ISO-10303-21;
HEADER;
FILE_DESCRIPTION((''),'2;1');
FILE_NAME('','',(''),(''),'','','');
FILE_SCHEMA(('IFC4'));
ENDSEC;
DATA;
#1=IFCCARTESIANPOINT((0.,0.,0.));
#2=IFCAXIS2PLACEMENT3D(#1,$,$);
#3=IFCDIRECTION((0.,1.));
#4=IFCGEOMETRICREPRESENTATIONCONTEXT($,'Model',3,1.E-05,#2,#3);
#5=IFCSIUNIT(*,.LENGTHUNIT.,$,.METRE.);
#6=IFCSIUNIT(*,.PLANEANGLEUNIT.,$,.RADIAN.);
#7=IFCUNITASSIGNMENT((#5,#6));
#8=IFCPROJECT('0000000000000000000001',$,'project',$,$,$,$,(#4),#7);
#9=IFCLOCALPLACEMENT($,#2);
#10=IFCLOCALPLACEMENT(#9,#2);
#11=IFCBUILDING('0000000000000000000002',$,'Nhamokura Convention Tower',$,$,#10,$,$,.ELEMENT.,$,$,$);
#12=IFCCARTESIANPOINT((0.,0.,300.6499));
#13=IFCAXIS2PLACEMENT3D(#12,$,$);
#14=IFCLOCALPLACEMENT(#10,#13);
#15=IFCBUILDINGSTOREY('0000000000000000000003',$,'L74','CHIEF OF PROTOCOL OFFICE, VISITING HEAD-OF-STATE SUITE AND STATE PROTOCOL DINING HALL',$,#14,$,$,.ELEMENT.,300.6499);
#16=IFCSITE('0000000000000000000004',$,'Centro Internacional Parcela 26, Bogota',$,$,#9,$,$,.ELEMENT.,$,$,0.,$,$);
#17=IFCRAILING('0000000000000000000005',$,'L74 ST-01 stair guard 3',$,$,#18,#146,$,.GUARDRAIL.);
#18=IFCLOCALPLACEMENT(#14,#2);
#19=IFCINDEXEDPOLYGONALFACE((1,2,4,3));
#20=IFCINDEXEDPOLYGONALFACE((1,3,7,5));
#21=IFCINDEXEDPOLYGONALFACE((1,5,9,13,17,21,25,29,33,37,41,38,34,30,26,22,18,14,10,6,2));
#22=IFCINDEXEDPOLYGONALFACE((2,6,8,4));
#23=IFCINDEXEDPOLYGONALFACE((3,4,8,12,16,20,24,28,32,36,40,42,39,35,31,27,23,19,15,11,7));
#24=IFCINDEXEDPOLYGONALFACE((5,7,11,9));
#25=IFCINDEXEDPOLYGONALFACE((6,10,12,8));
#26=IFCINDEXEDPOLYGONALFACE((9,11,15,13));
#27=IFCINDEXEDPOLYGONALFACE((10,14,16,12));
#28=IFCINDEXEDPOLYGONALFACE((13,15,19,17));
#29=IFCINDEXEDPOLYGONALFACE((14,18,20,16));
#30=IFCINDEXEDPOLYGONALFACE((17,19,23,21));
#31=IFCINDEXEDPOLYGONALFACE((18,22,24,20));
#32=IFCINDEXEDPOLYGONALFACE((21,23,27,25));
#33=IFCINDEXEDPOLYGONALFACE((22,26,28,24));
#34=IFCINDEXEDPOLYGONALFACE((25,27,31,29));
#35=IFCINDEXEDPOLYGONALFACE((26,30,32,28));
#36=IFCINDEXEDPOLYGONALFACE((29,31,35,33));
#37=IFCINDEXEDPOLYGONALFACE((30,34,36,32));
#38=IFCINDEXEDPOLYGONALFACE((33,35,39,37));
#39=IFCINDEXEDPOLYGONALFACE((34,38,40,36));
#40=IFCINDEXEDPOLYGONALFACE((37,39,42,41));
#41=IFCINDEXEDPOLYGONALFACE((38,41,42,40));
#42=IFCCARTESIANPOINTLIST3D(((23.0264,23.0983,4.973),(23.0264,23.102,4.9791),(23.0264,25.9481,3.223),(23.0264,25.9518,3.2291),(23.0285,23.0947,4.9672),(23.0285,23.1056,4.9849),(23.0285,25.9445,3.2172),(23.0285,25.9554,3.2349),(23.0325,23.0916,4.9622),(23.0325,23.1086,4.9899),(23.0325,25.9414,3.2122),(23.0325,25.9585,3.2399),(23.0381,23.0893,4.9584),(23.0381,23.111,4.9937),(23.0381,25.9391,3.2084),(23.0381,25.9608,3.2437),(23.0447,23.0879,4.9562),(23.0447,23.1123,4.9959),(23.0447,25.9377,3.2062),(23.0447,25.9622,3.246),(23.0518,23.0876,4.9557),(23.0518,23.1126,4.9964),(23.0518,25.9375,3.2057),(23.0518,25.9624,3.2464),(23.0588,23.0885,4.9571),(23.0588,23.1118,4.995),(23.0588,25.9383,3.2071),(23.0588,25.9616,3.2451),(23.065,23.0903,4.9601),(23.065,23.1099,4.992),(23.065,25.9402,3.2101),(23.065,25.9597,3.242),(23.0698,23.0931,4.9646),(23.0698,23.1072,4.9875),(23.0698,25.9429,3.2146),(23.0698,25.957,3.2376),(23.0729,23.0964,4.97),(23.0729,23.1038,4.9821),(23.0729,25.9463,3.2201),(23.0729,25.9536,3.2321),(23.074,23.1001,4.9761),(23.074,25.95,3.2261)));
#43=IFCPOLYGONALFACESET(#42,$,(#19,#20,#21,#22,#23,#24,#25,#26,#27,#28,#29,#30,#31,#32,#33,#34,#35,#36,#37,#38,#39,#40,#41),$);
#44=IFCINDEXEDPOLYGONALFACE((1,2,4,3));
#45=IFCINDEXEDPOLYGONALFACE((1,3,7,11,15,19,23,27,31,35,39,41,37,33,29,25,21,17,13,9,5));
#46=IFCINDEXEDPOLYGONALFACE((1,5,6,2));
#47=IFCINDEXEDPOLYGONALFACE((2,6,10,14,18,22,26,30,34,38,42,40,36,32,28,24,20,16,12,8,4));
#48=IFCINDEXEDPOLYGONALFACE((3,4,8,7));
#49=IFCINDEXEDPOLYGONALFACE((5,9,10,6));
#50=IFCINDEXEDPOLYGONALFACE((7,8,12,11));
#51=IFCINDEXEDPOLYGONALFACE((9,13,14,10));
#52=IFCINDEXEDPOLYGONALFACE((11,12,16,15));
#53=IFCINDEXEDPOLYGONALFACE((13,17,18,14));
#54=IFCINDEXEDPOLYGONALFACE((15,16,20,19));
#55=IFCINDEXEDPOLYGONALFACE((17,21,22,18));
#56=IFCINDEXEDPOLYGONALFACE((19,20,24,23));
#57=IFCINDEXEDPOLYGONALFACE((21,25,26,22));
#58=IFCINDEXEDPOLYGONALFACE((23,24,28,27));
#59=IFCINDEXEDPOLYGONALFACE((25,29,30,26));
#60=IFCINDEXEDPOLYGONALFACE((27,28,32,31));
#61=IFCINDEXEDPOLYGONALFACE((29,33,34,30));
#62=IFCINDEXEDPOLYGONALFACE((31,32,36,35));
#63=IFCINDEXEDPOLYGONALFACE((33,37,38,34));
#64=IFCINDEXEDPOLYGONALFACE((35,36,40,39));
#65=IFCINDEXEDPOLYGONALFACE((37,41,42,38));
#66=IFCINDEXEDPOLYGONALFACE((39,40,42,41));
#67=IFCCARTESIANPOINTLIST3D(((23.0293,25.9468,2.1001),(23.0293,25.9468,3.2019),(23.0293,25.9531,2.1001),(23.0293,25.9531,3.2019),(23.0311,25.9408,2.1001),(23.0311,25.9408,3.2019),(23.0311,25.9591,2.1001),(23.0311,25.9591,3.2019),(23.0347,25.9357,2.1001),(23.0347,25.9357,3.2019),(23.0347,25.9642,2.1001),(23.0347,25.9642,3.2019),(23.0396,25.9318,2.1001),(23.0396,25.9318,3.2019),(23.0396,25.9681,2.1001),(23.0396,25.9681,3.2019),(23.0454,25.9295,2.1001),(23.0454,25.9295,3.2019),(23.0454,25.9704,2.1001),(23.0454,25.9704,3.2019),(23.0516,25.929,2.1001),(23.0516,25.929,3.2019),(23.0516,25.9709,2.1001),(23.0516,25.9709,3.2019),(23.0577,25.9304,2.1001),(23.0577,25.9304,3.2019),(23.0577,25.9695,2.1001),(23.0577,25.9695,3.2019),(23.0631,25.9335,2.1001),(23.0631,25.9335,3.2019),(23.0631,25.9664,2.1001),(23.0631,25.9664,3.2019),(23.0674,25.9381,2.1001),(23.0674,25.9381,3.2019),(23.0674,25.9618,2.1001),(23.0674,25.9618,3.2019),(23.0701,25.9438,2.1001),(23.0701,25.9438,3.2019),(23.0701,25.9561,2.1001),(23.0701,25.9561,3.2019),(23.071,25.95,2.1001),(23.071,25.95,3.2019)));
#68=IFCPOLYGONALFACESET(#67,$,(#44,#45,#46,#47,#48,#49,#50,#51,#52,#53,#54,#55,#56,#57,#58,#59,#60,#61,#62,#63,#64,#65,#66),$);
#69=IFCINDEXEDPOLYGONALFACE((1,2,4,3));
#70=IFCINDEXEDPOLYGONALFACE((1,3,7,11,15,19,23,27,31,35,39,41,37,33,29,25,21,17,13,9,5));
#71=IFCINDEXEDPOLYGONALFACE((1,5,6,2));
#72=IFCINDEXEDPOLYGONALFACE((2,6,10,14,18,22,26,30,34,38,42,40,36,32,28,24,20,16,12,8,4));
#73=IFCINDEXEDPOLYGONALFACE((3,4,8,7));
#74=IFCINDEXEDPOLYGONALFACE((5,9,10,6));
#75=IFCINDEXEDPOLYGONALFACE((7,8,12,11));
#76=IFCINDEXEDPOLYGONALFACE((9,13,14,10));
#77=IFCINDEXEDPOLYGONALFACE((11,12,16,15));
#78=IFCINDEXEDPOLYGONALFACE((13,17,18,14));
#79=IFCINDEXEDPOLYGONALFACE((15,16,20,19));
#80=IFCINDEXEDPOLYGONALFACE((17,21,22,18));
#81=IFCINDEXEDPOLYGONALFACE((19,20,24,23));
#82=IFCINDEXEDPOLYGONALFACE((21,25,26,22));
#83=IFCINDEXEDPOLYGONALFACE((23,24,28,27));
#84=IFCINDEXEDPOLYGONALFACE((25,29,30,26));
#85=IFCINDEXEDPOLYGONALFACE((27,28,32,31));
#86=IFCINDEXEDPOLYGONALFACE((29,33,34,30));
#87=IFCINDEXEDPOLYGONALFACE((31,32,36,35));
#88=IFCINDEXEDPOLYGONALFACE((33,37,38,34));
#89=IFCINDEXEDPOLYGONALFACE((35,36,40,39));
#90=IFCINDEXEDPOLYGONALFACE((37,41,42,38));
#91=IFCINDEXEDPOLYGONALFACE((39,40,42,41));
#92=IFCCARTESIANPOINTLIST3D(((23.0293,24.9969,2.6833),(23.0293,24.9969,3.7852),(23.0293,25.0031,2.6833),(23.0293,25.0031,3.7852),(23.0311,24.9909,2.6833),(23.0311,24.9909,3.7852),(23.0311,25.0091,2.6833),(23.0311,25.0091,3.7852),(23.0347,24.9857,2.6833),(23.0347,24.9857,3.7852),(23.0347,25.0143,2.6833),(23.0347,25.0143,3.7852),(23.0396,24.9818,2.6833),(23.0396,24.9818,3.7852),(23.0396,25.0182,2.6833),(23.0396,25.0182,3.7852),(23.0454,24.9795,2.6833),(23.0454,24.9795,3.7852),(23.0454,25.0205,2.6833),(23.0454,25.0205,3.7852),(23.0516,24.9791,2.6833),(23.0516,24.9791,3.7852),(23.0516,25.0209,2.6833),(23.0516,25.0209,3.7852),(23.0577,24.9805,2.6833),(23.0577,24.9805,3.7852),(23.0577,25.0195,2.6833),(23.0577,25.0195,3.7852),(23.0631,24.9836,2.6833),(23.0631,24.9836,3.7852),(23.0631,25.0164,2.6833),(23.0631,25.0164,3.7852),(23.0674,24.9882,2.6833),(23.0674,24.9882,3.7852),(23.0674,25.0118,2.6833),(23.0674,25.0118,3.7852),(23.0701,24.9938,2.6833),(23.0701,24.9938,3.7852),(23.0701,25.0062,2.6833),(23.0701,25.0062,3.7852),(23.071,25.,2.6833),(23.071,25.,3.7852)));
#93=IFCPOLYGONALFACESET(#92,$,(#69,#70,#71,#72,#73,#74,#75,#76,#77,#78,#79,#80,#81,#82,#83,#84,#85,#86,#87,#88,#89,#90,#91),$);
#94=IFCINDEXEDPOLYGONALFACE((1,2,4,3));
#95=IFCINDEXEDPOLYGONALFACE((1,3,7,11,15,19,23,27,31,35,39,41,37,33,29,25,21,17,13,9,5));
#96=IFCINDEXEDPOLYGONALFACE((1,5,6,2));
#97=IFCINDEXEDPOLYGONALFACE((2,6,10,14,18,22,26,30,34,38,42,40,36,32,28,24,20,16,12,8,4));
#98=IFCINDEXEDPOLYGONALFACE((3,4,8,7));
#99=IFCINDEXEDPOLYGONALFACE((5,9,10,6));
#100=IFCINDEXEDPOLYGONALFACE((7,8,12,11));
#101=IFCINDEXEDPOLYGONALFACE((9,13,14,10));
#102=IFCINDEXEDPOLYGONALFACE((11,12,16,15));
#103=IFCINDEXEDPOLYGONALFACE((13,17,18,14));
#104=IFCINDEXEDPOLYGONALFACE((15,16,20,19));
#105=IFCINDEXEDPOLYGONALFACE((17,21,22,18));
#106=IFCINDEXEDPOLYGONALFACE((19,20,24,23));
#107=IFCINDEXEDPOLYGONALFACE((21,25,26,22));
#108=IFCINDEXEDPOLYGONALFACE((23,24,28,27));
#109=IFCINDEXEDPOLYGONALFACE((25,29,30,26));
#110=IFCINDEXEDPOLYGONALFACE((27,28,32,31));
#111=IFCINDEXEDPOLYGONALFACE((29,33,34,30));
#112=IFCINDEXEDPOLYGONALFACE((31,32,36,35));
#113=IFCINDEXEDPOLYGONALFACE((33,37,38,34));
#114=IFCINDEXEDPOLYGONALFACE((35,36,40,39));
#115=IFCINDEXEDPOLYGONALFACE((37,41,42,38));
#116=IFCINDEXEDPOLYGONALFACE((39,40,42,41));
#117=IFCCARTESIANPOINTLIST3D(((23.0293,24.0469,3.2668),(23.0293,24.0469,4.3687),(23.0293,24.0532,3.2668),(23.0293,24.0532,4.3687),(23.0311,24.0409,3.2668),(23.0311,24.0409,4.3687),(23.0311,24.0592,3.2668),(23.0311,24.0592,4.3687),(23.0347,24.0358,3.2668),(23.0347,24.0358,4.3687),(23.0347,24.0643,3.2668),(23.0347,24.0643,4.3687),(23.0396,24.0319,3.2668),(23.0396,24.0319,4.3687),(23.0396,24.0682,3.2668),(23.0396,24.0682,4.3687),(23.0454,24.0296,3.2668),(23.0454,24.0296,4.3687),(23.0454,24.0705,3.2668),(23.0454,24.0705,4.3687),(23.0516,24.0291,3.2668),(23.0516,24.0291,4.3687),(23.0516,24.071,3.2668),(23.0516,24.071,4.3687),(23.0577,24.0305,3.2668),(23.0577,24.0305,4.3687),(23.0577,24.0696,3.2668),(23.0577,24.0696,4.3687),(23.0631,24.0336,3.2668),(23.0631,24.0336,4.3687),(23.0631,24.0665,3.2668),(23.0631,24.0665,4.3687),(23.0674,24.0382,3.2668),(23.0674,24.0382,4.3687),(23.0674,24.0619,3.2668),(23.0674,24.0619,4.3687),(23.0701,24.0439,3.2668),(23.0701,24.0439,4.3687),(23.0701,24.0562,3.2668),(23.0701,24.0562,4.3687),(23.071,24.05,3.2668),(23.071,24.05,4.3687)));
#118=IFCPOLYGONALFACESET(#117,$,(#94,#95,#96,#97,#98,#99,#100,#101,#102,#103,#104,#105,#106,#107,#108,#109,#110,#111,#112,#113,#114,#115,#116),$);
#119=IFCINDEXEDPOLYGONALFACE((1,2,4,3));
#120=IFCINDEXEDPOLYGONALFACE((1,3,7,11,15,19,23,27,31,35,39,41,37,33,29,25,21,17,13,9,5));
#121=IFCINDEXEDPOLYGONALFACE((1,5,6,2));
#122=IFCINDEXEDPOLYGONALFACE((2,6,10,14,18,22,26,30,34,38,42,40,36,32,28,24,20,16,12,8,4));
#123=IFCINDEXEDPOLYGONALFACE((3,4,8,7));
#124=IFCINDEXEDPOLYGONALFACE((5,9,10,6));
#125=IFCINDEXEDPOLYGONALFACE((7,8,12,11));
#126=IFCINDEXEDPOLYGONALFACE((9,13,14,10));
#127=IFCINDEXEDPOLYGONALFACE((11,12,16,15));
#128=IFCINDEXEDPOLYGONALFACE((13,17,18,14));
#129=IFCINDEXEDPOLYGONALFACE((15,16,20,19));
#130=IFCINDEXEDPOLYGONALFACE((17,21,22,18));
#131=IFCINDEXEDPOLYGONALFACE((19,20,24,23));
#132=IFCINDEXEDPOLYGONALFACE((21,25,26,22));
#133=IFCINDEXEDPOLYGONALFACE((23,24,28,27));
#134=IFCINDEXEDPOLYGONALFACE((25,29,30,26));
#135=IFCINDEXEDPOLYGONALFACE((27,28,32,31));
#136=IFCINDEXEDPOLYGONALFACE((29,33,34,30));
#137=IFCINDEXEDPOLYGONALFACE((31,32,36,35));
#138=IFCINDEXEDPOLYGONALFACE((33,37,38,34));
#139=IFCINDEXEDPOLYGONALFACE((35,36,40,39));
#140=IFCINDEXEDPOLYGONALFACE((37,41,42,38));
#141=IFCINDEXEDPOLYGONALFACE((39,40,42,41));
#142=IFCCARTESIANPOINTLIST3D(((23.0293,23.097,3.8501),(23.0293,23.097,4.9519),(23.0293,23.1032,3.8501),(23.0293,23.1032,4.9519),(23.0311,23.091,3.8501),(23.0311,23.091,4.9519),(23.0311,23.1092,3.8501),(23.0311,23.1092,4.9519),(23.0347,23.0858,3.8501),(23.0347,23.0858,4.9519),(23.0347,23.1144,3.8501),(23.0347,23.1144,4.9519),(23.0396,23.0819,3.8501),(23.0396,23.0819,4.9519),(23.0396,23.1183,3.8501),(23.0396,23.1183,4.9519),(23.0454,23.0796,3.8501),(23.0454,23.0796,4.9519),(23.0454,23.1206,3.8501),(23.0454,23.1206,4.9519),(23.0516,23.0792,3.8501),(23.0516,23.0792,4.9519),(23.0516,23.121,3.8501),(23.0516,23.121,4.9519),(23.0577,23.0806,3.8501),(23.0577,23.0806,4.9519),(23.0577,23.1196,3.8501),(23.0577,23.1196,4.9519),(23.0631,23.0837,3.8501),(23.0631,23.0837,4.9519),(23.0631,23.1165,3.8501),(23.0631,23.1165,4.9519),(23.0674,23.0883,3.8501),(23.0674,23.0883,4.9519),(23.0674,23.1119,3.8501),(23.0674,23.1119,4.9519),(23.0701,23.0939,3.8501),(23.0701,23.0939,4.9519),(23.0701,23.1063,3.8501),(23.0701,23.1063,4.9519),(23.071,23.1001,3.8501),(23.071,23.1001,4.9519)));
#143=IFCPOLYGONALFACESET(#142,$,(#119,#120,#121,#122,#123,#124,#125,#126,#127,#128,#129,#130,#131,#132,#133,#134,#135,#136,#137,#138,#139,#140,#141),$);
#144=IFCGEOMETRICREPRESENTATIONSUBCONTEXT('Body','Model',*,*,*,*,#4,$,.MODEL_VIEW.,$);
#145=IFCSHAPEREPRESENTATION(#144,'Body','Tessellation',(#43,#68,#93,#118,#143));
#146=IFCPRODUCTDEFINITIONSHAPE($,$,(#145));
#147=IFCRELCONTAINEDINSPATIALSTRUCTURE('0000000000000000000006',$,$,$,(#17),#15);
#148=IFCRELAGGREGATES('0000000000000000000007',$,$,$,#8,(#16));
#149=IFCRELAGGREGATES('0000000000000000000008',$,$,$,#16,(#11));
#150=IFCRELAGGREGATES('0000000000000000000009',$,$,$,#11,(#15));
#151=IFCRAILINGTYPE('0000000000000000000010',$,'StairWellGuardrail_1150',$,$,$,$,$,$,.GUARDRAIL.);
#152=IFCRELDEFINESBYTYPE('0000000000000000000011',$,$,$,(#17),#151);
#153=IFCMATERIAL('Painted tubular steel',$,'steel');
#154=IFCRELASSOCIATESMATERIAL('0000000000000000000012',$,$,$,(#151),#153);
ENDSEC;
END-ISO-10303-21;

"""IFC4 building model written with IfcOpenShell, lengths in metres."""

from ifc_helpers import new_model, si_unit, direction, frame, origin, origin_2d, place, context, subcontext, project, spatial, circle, extrude, material, type_object, element, save


model = new_model("IFC4")

# Units and contexts
model_context = context("Model", 3, precision=1e-05, world=origin(), true_north=direction((0.0, 1.0)))
body_context = subcontext(model_context, "Body", "Model", "MODEL_VIEW")
ifc_project = project(units=[si_unit("LENGTHUNIT", "METRE"), si_unit("PLANEANGLEUNIT", "RADIAN")], contexts=[model_context])

# Site, building, storey
site_placement = place(None, origin())
site = spatial("IfcSite", under=ifc_project, at=site_placement, Name="Centro Internacional Parcela 26, Bogota", CompositionType="ELEMENT", RefElevation=0.0)
building_placement = place(site_placement, origin())
building = spatial("IfcBuilding", under=site, at=building_placement, Name="Nhamokura Convention Tower", CompositionType="ELEMENT")
storey_placement = place(building_placement, frame((0.0, 0.0, 300.6499)))
storey = spatial("IfcBuildingStorey", under=building, at=storey_placement, Name="L74", Description="CHIEF OF PROTOCOL OFFICE, VISITING HEAD-OF-STATE SUITE AND STATE PROTOCOL DINING HALL", CompositionType="ELEMENT", Elevation=300.6499)

# Railing
ifc_material_1 = material(Name="Painted tubular steel", Category="steel")
railing_type_1 = type_object("IfcRailingType", Name="StairWellGuardrail_1150", PredefinedType="GUARDRAIL", material=ifc_material_1)
railing_1_placement = place(storey_placement, frame((23.05, 25.95, 2.1001)))
element("IfcRailing", 1, at=railing_1_placement, inside=storey, type_object=railing_type_1, Name="L74 ST-01 stair guard 3", PredefinedType="GUARDRAIL", context=body_context, shape_type="SweptSolid", body=[
    extrude(circle(Radius=0.0239, at=origin_2d()), frame((0.0, 0.0, 1.126), z_axis=(0.0, -0.852159, 0.523283), x_axis=(1.0, 0.0, 0.0)), (0.0, 0.0, 1.0), 3.3442),
    extrude(circle(Radius=0.021, at=origin_2d()), origin(), (0.0, 0.0, 1.0), 1.1018),
    extrude(circle(Radius=0.021, at=origin_2d()), frame((0.0, -0.95, 0.5833)), (0.0, 0.0, 1.0), 1.1018),
    extrude(circle(Radius=0.021, at=origin_2d()), frame((0.0, -1.8999, 1.1667)), (0.0, 0.0, 1.0), 1.1018),
    extrude(circle(Radius=0.021, at=origin_2d()), frame((0.0, -2.8499, 1.75)), (0.0, 0.0, 1.0), 1.1018),
])

save(model, "model.ifc")
